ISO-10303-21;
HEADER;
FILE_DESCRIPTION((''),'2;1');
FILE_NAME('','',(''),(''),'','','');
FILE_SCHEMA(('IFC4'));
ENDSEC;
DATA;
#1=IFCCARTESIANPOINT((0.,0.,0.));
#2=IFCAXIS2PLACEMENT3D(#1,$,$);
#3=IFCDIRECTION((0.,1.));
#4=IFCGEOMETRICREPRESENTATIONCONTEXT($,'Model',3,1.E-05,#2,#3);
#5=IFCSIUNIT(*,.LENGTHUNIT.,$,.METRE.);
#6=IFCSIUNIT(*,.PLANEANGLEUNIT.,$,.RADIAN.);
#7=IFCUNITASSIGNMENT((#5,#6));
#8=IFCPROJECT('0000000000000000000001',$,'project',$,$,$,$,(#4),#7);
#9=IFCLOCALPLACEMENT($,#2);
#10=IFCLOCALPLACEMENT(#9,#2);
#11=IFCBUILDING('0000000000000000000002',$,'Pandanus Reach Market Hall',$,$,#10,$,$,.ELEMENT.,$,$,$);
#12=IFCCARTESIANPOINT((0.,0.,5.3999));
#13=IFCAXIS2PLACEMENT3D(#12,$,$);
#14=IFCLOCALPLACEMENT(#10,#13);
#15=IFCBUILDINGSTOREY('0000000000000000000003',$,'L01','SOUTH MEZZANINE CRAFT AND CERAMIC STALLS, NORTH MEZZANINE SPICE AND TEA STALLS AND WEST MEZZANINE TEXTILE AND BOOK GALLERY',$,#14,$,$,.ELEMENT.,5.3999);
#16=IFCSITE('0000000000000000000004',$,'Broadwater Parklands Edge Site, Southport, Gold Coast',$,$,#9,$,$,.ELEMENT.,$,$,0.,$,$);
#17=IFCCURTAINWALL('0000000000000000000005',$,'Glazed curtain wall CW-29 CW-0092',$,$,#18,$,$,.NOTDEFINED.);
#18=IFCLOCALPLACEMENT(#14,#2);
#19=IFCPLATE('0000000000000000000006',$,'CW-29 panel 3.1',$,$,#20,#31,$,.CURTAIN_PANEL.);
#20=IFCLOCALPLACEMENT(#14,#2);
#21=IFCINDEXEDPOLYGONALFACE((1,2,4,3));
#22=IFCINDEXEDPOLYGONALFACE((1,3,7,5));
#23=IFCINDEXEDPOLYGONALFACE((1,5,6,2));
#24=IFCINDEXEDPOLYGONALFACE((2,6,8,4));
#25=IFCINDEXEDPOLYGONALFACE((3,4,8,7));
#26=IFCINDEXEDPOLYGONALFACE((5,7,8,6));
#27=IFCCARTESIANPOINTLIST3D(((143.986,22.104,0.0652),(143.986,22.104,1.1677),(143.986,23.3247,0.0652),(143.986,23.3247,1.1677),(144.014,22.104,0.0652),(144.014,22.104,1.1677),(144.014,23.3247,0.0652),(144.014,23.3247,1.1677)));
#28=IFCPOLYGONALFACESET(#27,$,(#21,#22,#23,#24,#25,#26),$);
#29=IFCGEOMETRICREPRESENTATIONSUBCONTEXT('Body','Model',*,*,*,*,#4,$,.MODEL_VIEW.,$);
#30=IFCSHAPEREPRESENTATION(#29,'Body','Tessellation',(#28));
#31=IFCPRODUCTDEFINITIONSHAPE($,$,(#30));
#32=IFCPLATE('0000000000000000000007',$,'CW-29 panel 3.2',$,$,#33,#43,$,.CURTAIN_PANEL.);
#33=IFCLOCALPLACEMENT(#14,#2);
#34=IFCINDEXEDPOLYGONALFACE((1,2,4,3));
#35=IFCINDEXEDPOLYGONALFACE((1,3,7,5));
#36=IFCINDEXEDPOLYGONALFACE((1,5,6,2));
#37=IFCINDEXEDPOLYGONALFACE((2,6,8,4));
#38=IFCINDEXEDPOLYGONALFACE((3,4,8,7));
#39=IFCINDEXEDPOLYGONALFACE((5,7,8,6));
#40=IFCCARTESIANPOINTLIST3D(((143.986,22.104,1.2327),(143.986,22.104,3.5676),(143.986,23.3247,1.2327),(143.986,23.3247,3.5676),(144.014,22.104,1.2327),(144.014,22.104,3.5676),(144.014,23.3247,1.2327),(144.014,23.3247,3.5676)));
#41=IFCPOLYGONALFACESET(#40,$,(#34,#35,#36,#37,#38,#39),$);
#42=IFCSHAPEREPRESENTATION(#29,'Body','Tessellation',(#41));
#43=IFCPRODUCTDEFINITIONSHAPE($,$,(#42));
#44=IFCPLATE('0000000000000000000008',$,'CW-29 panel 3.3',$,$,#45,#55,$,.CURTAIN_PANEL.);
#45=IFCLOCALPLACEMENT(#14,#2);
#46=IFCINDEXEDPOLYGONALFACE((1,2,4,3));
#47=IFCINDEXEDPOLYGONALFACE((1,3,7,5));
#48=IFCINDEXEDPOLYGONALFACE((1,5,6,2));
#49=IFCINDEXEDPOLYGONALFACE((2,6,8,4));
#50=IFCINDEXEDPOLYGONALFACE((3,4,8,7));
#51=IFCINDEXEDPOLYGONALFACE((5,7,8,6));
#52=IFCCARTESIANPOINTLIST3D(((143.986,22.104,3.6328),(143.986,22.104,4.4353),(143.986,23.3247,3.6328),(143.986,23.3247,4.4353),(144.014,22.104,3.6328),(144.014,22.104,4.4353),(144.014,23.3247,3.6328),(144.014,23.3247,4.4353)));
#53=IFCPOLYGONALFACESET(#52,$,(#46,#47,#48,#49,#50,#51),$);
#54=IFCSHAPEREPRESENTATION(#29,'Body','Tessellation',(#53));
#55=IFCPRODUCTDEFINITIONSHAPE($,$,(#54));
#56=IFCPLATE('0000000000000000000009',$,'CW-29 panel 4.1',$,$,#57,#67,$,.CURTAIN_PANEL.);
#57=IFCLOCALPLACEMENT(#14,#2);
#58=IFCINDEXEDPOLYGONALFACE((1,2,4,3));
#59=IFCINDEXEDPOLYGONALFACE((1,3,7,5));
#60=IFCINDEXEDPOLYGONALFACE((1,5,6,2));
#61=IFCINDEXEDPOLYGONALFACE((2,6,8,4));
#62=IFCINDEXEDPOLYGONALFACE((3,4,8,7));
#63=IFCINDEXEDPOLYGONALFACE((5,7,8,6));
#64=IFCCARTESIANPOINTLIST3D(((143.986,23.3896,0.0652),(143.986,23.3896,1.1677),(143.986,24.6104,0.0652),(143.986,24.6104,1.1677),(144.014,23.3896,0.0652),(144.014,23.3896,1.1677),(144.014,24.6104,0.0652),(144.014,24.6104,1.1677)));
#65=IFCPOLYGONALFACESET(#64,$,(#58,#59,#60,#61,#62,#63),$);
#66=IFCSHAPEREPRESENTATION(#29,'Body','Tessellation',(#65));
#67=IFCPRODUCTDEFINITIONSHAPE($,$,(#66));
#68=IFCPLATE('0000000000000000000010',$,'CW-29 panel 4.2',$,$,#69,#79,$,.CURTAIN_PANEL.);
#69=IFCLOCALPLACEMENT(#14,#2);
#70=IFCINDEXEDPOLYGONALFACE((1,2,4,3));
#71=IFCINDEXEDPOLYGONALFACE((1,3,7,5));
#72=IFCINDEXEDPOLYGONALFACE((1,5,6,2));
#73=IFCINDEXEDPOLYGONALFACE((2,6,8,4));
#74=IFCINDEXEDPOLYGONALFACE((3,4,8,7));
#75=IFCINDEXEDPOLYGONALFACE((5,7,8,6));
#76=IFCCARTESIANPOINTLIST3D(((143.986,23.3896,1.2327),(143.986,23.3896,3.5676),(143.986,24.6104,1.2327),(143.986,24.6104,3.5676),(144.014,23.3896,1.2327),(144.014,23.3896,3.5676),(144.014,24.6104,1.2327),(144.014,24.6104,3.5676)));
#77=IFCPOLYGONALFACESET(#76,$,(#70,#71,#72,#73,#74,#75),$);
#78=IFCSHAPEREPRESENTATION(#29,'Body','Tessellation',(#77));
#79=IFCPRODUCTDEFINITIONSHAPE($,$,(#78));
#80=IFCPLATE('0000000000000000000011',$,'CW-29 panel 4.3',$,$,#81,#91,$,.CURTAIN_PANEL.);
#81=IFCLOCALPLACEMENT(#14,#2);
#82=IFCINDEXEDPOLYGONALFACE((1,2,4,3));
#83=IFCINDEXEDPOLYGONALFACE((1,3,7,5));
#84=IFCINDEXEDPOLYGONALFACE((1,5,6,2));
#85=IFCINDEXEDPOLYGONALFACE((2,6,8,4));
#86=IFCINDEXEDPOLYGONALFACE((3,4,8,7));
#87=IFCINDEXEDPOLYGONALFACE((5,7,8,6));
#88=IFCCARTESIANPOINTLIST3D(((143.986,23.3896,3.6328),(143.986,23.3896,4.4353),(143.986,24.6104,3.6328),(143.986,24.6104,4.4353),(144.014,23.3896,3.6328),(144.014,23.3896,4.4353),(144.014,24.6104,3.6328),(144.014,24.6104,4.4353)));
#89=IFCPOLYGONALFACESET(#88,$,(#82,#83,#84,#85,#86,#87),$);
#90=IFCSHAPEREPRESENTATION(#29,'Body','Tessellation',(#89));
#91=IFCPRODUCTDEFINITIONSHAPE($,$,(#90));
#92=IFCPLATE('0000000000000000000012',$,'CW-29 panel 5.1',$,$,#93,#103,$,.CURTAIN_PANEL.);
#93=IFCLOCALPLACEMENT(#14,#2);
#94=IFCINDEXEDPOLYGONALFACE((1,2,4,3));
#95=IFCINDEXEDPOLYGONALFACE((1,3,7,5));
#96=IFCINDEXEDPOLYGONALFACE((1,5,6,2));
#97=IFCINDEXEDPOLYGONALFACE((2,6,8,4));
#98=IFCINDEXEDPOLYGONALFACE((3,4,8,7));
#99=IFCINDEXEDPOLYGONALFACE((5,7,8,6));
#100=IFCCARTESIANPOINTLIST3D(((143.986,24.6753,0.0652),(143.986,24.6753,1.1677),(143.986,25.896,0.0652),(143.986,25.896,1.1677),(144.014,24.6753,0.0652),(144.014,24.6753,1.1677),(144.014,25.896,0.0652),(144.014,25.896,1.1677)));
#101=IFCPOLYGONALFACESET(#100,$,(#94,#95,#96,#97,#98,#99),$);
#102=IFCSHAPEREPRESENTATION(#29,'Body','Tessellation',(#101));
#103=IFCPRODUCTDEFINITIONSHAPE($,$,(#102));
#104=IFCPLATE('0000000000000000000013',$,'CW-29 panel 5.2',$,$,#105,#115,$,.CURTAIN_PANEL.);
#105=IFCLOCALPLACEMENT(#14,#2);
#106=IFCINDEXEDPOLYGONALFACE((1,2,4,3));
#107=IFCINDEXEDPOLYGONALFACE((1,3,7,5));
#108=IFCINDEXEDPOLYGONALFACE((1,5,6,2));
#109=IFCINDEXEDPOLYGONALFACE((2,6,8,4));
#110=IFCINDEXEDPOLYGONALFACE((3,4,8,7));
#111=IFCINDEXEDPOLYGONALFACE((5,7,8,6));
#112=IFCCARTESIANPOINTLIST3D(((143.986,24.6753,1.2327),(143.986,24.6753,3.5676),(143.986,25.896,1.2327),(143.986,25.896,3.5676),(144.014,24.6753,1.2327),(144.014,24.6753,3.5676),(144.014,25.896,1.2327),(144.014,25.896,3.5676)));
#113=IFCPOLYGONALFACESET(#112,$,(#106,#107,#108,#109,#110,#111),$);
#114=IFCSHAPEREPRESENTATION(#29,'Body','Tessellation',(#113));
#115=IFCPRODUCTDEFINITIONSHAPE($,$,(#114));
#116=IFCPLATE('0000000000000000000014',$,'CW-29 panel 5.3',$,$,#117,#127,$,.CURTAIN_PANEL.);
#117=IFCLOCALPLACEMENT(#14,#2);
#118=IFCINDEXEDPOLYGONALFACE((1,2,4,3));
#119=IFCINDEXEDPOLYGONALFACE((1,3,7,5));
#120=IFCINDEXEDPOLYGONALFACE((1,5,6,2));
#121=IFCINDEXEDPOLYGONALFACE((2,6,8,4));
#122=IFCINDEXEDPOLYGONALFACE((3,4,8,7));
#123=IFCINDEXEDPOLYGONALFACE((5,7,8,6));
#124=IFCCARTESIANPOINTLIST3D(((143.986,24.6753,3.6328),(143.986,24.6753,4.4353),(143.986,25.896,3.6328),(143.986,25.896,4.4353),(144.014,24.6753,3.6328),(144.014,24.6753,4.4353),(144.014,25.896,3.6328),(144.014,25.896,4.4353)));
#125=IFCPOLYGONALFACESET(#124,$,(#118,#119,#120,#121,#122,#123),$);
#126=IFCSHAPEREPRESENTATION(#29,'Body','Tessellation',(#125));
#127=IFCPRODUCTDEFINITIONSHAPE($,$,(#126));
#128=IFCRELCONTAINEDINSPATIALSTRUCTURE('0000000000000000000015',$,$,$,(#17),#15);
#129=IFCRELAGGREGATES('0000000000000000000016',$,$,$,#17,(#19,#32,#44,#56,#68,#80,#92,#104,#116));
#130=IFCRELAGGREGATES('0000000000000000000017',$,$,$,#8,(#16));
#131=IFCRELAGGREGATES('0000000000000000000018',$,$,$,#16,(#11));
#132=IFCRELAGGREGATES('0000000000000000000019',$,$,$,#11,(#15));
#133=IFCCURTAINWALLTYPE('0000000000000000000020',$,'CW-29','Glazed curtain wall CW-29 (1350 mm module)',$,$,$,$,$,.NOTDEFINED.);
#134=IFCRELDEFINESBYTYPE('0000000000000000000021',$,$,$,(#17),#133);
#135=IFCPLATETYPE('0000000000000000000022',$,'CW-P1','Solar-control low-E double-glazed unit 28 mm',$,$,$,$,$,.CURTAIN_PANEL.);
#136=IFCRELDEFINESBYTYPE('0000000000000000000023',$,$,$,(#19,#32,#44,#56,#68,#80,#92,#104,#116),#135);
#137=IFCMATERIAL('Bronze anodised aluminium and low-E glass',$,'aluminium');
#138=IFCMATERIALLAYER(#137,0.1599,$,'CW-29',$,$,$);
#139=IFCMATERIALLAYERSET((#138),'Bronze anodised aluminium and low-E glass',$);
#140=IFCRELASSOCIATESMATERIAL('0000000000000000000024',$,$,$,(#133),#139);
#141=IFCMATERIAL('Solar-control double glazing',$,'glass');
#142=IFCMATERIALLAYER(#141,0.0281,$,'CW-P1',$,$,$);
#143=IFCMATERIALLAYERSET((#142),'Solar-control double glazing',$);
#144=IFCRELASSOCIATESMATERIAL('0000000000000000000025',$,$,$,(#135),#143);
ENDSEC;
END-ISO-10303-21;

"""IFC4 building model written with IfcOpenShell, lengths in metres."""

from ifc_helpers import new_model, si_unit, direction, frame, origin, origin_2d, place, context, subcontext, project, spatial, rectangle, extrude, material, layer, layer_set, type_object, element, aggregate, save


model = new_model("IFC4")

# Units and contexts
model_context = context("Model", 3, precision=1e-05, world=origin(), true_north=direction((0.0, 1.0)))
body_context = subcontext(model_context, "Body", "Model", "MODEL_VIEW")
ifc_project = project(units=[si_unit("LENGTHUNIT", "METRE"), si_unit("PLANEANGLEUNIT", "RADIAN")], contexts=[model_context])

# Site, building, storey
site_placement = place(None, origin())
site = spatial("IfcSite", under=ifc_project, at=site_placement, Name="Broadwater Parklands Edge Site, Southport, Gold Coast", CompositionType="ELEMENT", RefElevation=0.0)
building_placement = place(site_placement, origin())
building = spatial("IfcBuilding", under=site, at=building_placement, Name="Pandanus Reach Market Hall", CompositionType="ELEMENT")
storey_placement = place(building_placement, frame((0.0, 0.0, 5.3999)))
storey = spatial("IfcBuildingStorey", under=building, at=storey_placement, Name="L01", Description="SOUTH MEZZANINE CRAFT AND CERAMIC STALLS, NORTH MEZZANINE SPICE AND TEA STALLS AND WEST MEZZANINE TEXTILE AND BOOK GALLERY", CompositionType="ELEMENT", Elevation=5.3999)

# Curtain wall, plates
ifc_material_1 = material(Name="Bronze anodised aluminium and low-E glass", Category="aluminium")
ifc_layer_1 = layer(ifc_material_1, 0.1599, Name="CW-29")
ifc_layer_set_1 = layer_set([ifc_layer_1], Name="Bronze anodised aluminium and low-E glass")
curtain_wall_type = type_object("IfcCurtainWallType", Name="CW-29", Description="Glazed curtain wall CW-29 (1350 mm module)", PredefinedType="NOTDEFINED", material=ifc_layer_set_1)
curtain_wall_placement = place(storey_placement, origin())
curtain_wall = element("IfcCurtainWall", 1, at=curtain_wall_placement, inside=storey, type_object=curtain_wall_type, Name="Glazed curtain wall CW-29 CW-0092", PredefinedType="NOTDEFINED")
ifc_material_2 = material(Name="Solar-control double glazing", Category="glass")
ifc_layer_2 = layer(ifc_material_2, 0.0281, Name="CW-P1")
ifc_layer_set_2 = layer_set([ifc_layer_2], Name="Solar-control double glazing")
plate_type = type_object("IfcPlateType", Name="CW-P1", Description="Solar-control low-E double-glazed unit 28 mm", PredefinedType="CURTAIN_PANEL", material=ifc_layer_set_2)
plate_1_placement = place(storey_placement, frame((144.0, 22.7144, 0.0652), z_axis=(0.0, 0.0, 1.0), x_axis=(0.0, 1.0, 0.0)))
plate_1 = element("IfcPlate", 2, at=plate_1_placement, type_object=plate_type, Name="CW-29 panel 3.1", PredefinedType="CURTAIN_PANEL", context=body_context, shape_type="SweptSolid", body=[
    extrude(rectangle(XDim=1.2207, YDim=0.0281, at=origin_2d()), origin(), (0.0, 0.0, 1.0), 1.1025),
])
plate_2_placement = place(storey_placement, frame((144.0, 22.7144, 1.2327), z_axis=(0.0, 0.0, 1.0), x_axis=(0.0, 1.0, 0.0)))
plate_2 = element("IfcPlate", 3, at=plate_2_placement, type_object=plate_type, Name="CW-29 panel 3.2", PredefinedType="CURTAIN_PANEL", context=body_context, shape_type="SweptSolid", body=[
    extrude(rectangle(XDim=1.2207, YDim=0.0281, at=origin_2d()), origin(), (0.0, 0.0, 1.0), 2.335),
])
plate_3_placement = place(storey_placement, frame((144.0, 22.7144, 3.6328), z_axis=(0.0, 0.0, 1.0), x_axis=(0.0, 1.0, 0.0)))
plate_3 = element("IfcPlate", 4, at=plate_3_placement, type_object=plate_type, Name="CW-29 panel 3.3", PredefinedType="CURTAIN_PANEL", context=body_context, shape_type="SweptSolid", body=[
    extrude(rectangle(XDim=1.2207, YDim=0.0281, at=origin_2d()), origin(), (0.0, 0.0, 1.0), 0.8025),
])
plate_4_placement = place(storey_placement, frame((144.0, 24.0, 0.0652), z_axis=(0.0, 0.0, 1.0), x_axis=(0.0, 1.0, 0.0)))
plate_4 = element("IfcPlate", 5, at=plate_4_placement, type_object=plate_type, Name="CW-29 panel 4.1", PredefinedType="CURTAIN_PANEL", context=body_context, shape_type="SweptSolid", body=[
    extrude(rectangle(XDim=1.2207, YDim=0.0281, at=origin_2d()), origin(), (0.0, 0.0, 1.0), 1.1025),
])
plate_5_placement = place(storey_placement, frame((144.0, 24.0, 1.2327), z_axis=(0.0, 0.0, 1.0), x_axis=(0.0, 1.0, 0.0)))
plate_5 = element("IfcPlate", 6, at=plate_5_placement, type_object=plate_type, Name="CW-29 panel 4.2", PredefinedType="CURTAIN_PANEL", context=body_context, shape_type="SweptSolid", body=[
    extrude(rectangle(XDim=1.2207, YDim=0.0281, at=origin_2d()), origin(), (0.0, 0.0, 1.0), 2.335),
])
plate_6_placement = place(storey_placement, frame((144.0, 24.0, 3.6328), z_axis=(0.0, 0.0, 1.0), x_axis=(0.0, 1.0, 0.0)))
plate_6 = element("IfcPlate", 7, at=plate_6_placement, type_object=plate_type, Name="CW-29 panel 4.3", PredefinedType="CURTAIN_PANEL", context=body_context, shape_type="SweptSolid", body=[
    extrude(rectangle(XDim=1.2207, YDim=0.0281, at=origin_2d()), origin(), (0.0, 0.0, 1.0), 0.8025),
])
plate_7_placement = place(storey_placement, frame((144.0, 25.2856, 0.0652), z_axis=(0.0, 0.0, 1.0), x_axis=(0.0, 1.0, 0.0)))
plate_7 = element("IfcPlate", 8, at=plate_7_placement, type_object=plate_type, Name="CW-29 panel 5.1", PredefinedType="CURTAIN_PANEL", context=body_context, shape_type="SweptSolid", body=[
    extrude(rectangle(XDim=1.2207, YDim=0.0281, at=origin_2d()), origin(), (0.0, 0.0, 1.0), 1.1025),
])
plate_8_placement = place(storey_placement, frame((144.0, 25.2856, 1.2327), z_axis=(0.0, 0.0, 1.0), x_axis=(0.0, 1.0, 0.0)))
plate_8 = element("IfcPlate", 9, at=plate_8_placement, type_object=plate_type, Name="CW-29 panel 5.2", PredefinedType="CURTAIN_PANEL", context=body_context, shape_type="SweptSolid", body=[
    extrude(rectangle(XDim=1.2207, YDim=0.0281, at=origin_2d()), origin(), (0.0, 0.0, 1.0), 2.335),
])
plate_9_placement = place(storey_placement, frame((144.0, 25.2856, 3.6328), z_axis=(0.0, 0.0, 1.0), x_axis=(0.0, 1.0, 0.0)))
plate_9 = element("IfcPlate", 10, at=plate_9_placement, type_object=plate_type, Name="CW-29 panel 5.3", PredefinedType="CURTAIN_PANEL", context=body_context, shape_type="SweptSolid", body=[
    extrude(rectangle(XDim=1.2207, YDim=0.0281, at=origin_2d()), origin(), (0.0, 0.0, 1.0), 0.8025),
])
aggregate(curtain_wall, [plate_1, plate_2, plate_3, plate_4, plate_5, plate_6, plate_7, plate_8, plate_9])

save(model, "model.ifc")
